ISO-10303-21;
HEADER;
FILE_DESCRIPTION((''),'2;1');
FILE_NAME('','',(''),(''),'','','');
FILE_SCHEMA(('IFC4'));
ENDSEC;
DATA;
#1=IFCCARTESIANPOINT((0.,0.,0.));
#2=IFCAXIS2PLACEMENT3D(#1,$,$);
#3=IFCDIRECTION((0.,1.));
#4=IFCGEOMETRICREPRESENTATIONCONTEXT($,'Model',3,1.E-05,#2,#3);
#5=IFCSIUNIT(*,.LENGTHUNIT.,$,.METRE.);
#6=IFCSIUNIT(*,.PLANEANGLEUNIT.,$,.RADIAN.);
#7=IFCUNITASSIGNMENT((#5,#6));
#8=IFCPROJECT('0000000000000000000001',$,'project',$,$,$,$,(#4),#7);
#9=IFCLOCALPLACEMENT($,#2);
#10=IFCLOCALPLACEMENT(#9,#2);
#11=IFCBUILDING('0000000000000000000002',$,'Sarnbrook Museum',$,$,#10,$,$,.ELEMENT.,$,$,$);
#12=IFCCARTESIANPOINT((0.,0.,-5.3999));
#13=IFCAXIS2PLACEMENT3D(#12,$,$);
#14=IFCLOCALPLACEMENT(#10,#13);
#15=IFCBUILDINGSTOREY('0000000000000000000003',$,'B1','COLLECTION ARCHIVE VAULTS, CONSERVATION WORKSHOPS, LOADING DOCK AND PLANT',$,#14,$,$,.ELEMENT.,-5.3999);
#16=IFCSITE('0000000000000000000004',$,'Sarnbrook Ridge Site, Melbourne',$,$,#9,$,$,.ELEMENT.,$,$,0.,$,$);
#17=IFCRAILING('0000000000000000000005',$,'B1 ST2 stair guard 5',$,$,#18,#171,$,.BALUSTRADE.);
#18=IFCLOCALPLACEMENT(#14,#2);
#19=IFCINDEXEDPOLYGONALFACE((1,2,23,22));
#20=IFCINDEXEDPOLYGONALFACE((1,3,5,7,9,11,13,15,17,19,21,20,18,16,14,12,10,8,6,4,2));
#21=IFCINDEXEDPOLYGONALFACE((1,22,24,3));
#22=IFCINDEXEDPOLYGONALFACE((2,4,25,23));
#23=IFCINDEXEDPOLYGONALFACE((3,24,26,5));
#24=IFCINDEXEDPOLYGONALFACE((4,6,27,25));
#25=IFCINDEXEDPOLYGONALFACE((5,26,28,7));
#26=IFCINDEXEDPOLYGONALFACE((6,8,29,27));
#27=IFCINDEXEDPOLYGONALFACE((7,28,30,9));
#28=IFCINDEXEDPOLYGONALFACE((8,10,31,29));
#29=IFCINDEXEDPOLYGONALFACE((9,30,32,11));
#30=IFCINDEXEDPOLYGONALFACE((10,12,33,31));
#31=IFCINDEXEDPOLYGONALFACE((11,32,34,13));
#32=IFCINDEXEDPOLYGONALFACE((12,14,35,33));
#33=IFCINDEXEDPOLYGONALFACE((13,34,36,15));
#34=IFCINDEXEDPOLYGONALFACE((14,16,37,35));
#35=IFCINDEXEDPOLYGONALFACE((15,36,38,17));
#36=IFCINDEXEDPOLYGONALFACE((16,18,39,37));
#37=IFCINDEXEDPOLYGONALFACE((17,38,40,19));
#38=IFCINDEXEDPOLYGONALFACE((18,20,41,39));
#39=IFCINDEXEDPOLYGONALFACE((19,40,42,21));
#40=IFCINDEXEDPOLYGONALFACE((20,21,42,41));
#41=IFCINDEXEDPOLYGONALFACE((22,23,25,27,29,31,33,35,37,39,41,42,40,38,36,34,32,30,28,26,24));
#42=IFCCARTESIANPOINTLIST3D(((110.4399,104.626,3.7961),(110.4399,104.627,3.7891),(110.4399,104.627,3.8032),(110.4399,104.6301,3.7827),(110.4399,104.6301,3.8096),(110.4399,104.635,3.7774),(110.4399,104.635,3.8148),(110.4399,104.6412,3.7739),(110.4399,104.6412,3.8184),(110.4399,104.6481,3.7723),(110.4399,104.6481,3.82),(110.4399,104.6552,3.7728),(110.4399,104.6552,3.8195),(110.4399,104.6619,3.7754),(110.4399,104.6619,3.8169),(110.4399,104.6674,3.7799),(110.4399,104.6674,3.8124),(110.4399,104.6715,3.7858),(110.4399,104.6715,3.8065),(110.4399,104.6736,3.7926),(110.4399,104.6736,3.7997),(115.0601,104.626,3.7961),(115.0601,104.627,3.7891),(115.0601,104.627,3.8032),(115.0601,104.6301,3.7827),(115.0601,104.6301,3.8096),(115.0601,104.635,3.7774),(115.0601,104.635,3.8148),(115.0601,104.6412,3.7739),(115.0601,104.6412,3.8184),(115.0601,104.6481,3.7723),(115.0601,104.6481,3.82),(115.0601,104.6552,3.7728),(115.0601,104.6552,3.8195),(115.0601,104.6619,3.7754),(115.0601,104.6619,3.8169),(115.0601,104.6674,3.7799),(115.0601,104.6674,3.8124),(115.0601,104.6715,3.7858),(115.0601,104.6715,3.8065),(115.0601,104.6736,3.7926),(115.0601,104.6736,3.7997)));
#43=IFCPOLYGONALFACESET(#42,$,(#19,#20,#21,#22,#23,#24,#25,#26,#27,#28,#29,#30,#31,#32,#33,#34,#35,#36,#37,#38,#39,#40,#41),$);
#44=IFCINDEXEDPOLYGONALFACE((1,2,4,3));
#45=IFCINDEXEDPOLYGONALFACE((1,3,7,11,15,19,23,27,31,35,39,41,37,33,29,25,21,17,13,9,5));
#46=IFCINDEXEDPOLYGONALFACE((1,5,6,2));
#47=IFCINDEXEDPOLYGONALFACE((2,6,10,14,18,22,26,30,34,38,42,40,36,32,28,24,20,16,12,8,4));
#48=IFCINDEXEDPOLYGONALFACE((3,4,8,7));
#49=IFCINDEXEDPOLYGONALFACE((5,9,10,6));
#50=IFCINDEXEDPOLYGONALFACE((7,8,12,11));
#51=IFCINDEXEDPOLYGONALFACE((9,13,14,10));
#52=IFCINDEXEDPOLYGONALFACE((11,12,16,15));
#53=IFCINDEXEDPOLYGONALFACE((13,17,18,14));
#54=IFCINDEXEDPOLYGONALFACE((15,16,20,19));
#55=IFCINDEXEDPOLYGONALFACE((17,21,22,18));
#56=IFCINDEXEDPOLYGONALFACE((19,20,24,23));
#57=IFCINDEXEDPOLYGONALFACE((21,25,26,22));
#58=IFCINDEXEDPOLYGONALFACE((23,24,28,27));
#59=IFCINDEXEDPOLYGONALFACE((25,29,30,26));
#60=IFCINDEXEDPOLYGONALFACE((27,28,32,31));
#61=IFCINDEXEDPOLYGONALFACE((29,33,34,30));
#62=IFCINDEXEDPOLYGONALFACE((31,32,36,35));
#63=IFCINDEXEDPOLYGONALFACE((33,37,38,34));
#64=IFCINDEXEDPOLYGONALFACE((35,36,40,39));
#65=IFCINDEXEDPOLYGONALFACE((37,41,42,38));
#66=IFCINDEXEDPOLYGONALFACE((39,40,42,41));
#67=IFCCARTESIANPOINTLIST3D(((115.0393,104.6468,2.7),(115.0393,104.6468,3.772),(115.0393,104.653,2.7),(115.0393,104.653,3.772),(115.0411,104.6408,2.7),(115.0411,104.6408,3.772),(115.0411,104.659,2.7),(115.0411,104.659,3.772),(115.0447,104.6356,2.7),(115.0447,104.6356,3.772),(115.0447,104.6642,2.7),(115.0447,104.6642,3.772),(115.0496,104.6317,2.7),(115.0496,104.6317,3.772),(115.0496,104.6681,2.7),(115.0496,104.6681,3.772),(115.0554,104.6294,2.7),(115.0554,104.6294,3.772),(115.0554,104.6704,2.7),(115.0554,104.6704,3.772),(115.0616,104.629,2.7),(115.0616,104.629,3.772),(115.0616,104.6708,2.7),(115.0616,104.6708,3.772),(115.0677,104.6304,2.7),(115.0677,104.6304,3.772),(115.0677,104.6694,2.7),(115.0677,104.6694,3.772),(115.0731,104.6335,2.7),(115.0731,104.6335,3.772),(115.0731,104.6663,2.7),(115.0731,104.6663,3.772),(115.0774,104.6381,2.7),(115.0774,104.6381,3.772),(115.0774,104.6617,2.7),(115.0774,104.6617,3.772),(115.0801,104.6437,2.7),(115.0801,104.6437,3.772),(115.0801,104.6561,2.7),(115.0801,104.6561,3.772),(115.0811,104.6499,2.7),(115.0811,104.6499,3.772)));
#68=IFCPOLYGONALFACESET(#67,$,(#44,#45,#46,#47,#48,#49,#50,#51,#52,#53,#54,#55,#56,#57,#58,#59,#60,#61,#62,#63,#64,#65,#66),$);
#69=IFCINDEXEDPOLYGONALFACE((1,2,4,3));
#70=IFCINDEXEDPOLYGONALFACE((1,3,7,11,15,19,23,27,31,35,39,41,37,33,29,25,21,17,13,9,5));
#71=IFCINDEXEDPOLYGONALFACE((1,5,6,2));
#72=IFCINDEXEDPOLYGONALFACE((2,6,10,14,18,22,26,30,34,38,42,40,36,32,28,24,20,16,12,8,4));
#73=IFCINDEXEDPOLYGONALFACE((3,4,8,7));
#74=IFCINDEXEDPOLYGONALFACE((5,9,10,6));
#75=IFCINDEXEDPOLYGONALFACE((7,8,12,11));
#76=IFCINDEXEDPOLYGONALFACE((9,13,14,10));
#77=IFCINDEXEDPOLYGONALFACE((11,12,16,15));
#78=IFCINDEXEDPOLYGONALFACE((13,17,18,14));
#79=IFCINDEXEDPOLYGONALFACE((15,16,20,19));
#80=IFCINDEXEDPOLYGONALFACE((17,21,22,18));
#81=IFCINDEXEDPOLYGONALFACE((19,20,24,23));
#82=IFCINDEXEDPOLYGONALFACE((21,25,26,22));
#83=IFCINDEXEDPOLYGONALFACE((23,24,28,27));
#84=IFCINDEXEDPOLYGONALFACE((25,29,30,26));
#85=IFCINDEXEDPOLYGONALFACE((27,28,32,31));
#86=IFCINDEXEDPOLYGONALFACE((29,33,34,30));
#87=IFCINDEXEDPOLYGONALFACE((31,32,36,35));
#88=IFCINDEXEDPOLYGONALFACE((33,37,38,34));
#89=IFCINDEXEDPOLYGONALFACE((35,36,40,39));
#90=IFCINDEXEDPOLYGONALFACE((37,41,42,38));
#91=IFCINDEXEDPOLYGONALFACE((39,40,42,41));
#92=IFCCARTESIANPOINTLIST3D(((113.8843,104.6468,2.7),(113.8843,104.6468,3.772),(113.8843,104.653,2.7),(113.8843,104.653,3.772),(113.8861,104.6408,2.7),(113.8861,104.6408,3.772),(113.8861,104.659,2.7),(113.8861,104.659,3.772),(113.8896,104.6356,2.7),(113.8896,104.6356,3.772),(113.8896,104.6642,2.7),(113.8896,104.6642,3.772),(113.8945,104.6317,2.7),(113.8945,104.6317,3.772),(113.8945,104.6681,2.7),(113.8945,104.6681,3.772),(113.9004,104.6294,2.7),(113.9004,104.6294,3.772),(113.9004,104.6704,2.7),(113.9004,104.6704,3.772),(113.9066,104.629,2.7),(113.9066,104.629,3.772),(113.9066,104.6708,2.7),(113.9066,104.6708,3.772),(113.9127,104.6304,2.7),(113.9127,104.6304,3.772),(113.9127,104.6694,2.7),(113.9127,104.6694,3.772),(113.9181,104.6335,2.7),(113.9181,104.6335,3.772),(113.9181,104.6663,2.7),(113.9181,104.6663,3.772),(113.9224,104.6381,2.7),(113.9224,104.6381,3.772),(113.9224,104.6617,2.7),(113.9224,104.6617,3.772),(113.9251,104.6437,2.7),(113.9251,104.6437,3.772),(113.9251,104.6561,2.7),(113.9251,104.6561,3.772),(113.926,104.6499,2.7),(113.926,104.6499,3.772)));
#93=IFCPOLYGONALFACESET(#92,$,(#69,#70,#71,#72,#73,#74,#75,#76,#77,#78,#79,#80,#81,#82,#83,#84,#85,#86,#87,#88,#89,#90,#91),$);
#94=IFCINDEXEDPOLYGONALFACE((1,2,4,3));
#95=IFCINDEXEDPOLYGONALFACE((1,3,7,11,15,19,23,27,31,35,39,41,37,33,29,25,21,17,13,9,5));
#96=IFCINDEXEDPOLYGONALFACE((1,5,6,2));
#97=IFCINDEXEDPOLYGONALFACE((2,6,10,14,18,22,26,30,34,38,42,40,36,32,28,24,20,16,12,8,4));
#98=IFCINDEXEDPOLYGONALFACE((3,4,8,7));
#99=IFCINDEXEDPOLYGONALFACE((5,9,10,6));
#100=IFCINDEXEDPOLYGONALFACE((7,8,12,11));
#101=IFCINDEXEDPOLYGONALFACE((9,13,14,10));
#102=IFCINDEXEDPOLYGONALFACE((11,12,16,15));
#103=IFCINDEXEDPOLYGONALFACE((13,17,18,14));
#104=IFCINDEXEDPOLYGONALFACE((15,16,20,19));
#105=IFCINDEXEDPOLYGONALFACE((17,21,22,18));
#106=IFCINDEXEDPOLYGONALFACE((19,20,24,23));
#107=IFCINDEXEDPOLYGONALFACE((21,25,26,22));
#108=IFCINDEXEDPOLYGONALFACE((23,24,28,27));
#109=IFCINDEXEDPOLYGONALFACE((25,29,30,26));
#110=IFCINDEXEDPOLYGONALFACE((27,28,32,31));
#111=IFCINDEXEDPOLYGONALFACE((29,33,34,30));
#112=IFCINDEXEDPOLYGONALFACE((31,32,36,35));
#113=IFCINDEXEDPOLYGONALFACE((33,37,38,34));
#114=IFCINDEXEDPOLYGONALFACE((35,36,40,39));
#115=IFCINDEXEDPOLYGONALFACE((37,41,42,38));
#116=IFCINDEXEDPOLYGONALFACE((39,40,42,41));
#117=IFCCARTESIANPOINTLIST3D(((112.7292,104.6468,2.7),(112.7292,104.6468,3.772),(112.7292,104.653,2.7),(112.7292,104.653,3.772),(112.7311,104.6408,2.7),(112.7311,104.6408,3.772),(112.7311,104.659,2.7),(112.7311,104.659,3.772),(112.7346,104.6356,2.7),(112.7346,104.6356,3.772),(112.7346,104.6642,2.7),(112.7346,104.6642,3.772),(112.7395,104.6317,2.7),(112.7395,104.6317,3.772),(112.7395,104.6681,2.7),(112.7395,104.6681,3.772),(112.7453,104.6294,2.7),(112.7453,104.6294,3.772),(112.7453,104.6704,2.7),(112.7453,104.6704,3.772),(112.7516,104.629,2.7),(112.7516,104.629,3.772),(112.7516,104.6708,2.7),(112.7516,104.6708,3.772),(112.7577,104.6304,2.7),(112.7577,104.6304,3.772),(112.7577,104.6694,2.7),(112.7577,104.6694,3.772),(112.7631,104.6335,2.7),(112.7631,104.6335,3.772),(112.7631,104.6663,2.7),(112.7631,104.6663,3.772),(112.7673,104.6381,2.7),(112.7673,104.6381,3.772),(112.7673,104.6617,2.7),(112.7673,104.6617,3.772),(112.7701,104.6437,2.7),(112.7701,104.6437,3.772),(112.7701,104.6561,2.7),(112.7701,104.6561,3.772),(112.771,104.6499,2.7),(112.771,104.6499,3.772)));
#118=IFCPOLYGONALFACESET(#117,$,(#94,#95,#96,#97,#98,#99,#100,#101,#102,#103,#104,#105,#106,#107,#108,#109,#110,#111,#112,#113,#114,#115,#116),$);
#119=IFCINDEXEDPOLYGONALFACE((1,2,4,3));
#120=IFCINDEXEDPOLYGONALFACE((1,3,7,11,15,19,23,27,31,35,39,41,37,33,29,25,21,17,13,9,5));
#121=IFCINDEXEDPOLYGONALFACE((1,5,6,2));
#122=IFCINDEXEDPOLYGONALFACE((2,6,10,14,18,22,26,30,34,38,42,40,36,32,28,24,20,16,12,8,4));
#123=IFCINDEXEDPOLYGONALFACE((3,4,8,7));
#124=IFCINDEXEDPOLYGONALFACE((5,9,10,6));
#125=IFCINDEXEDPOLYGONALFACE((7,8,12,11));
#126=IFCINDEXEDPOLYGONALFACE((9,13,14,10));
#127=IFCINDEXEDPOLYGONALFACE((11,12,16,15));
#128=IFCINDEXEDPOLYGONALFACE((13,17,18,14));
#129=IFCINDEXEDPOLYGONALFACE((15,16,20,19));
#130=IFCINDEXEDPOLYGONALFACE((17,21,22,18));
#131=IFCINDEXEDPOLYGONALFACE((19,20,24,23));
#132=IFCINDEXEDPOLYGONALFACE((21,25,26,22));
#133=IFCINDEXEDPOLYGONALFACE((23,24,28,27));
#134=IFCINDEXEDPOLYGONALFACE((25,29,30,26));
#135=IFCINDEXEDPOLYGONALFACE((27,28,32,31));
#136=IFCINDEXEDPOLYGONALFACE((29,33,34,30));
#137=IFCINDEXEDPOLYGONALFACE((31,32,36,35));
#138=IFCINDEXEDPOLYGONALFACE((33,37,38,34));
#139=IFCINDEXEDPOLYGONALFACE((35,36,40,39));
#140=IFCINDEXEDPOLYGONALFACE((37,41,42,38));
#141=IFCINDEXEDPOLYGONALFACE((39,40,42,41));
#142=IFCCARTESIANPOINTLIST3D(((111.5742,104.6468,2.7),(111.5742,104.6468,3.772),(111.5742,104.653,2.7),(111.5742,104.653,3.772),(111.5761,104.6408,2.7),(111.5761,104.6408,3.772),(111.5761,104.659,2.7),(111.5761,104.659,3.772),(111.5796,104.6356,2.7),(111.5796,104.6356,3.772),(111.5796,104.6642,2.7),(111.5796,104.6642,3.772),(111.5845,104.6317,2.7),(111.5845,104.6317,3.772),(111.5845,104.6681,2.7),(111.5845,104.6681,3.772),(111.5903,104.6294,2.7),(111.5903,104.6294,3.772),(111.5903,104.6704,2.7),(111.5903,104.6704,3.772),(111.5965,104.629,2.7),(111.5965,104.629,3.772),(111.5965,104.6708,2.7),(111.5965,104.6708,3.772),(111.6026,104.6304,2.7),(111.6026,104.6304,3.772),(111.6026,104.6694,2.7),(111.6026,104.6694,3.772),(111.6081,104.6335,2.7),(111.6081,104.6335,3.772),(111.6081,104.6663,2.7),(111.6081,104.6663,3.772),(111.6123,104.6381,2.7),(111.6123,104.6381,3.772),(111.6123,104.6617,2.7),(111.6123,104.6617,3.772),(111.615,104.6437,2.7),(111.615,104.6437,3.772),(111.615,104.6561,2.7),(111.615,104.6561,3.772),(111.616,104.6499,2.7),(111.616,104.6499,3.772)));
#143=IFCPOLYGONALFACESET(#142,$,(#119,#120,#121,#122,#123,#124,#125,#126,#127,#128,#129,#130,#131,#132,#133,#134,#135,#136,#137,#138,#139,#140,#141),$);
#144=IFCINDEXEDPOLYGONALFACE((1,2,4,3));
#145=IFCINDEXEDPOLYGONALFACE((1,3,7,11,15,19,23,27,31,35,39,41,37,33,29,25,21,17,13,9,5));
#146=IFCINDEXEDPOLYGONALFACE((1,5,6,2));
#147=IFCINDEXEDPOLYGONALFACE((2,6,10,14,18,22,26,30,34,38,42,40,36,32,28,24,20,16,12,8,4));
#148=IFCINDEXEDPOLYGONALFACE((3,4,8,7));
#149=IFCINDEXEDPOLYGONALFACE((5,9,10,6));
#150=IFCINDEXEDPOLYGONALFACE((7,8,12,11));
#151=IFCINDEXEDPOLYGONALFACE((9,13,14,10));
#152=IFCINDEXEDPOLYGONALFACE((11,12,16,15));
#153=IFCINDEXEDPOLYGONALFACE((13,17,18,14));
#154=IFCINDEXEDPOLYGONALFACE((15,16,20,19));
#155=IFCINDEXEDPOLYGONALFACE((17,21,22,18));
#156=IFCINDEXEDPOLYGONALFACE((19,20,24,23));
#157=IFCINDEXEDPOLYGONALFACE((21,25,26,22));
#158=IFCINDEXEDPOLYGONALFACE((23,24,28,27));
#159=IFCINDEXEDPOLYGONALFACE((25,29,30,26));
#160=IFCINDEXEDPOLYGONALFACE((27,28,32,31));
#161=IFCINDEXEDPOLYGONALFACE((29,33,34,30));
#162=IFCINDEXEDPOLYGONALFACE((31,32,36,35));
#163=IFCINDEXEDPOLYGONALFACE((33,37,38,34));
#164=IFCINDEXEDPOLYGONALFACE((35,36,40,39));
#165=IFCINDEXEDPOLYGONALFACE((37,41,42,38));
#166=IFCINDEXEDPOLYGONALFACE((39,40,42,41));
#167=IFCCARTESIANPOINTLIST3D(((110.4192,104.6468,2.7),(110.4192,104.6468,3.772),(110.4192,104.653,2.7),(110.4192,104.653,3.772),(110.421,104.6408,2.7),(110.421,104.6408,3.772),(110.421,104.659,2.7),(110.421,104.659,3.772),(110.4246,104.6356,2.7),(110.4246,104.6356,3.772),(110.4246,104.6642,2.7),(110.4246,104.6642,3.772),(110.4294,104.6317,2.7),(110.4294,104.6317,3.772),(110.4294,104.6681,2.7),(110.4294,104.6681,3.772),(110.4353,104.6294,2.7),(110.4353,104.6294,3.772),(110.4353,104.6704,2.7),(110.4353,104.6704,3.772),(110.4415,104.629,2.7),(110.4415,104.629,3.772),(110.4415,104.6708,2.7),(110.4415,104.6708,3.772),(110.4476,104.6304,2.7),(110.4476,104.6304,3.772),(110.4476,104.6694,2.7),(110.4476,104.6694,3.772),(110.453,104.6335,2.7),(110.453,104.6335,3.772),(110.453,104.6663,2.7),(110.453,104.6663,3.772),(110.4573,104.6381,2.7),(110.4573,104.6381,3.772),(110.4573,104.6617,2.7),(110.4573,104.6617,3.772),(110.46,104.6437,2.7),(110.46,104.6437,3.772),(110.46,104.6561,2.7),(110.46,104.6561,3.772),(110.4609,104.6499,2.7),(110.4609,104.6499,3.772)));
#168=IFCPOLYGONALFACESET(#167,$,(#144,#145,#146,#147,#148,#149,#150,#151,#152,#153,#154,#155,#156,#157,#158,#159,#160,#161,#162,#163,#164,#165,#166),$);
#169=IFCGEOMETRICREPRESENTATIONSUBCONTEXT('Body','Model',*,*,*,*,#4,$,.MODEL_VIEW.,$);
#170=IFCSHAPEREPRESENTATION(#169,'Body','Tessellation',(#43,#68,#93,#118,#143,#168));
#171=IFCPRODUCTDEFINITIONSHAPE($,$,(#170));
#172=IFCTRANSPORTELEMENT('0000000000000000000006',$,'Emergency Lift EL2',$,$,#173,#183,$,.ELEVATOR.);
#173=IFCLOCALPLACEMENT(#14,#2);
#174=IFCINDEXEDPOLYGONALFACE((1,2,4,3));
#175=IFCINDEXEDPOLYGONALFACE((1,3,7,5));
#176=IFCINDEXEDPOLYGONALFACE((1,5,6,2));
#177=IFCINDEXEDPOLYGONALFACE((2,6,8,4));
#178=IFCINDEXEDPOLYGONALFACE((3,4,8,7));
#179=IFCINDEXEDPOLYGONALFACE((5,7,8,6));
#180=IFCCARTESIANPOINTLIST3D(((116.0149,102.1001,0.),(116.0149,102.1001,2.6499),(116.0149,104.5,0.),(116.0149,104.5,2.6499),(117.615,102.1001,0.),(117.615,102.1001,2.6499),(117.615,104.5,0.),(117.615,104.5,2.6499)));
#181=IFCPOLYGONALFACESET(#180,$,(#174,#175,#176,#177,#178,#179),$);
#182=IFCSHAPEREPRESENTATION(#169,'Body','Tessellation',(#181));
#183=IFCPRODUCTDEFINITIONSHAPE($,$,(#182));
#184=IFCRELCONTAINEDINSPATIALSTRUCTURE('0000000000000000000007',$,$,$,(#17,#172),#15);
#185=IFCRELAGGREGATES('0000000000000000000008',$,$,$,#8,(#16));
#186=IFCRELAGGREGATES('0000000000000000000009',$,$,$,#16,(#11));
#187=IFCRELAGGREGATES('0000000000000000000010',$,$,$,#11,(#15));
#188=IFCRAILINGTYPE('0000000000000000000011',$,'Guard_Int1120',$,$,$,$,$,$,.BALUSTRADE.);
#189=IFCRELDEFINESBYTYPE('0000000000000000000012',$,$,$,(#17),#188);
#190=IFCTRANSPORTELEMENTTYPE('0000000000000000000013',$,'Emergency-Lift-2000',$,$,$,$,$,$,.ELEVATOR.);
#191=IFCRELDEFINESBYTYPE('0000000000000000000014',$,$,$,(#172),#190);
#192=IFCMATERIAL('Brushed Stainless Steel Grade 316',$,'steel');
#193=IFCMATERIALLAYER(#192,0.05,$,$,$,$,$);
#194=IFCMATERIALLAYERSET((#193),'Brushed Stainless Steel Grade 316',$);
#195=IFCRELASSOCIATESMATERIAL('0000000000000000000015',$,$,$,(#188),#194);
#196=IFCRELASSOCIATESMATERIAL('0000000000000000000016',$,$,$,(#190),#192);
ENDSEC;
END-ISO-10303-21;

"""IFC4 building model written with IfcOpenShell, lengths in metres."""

from ifc_helpers import new_model, si_unit, direction, frame, origin, origin_2d, place, context, subcontext, project, spatial, rectangle, circle, extrude, material, layer, layer_set, type_object, element, save


model = new_model("IFC4")

# Units and contexts
model_context = context("Model", 3, precision=1e-05, world=origin(), true_north=direction((0.0, 1.0)))
body_context = subcontext(model_context, "Body", "Model", "MODEL_VIEW")
ifc_project = project(units=[si_unit("LENGTHUNIT", "METRE"), si_unit("PLANEANGLEUNIT", "RADIAN")], contexts=[model_context])

# Site, building, storey
site_placement = place(None, origin())
site = spatial("IfcSite", under=ifc_project, at=site_placement, Name="Sarnbrook Ridge Site, Melbourne", CompositionType="ELEMENT", RefElevation=0.0)
building_placement = place(site_placement, origin())
building = spatial("IfcBuilding", under=site, at=building_placement, Name="Sarnbrook Museum", CompositionType="ELEMENT")
storey_placement = place(building_placement, frame((0.0, 0.0, -5.3999)))
storey = spatial("IfcBuildingStorey", under=building, at=storey_placement, Name="B1", Description="COLLECTION ARCHIVE VAULTS, CONSERVATION WORKSHOPS, LOADING DOCK AND PLANT", CompositionType="ELEMENT", Elevation=-5.3999)

# Shared definitions
ifc_material_1 = material(Name="Brushed Stainless Steel Grade 316", Category="steel")

# Railing
ifc_layer_1 = layer(ifc_material_1, 0.05)
ifc_layer_set_1 = layer_set([ifc_layer_1], Name="Brushed Stainless Steel Grade 316")
railing_type_1 = type_object("IfcRailingType", Name="Guard_Int1120", PredefinedType="BALUSTRADE", material=ifc_layer_set_1)
railing_1_placement = place(storey_placement, frame((115.0601, 104.6499, 2.7)))
element("IfcRailing", 1, at=railing_1_placement, inside=storey, type_object=railing_type_1, Name="B1 ST2 stair guard 5", PredefinedType="BALUSTRADE", context=body_context, shape_type="SweptSolid", body=[
    extrude(circle(Radius=0.0239, at=origin_2d()), frame((0.0, 0.0, 1.0962), z_axis=(-1.0, 0.0, 0.0), x_axis=(0.0, -1.0, 0.0)), (0.0, 0.0, 1.0), 4.6201),
    extrude(circle(Radius=0.021, at=origin_2d()), origin(), (0.0, 0.0, 1.0), 1.072),
    extrude(circle(Radius=0.021, at=origin_2d()), frame((-1.155, 0.0, 0.0)), (0.0, 0.0, 1.0), 1.072),
    extrude(circle(Radius=0.021, at=origin_2d()), frame((-2.3101, 0.0, 0.0)), (0.0, 0.0, 1.0), 1.072),
    extrude(circle(Radius=0.021, at=origin_2d()), frame((-3.4651, 0.0, 0.0)), (0.0, 0.0, 1.0), 1.072),
    extrude(circle(Radius=0.021, at=origin_2d()), frame((-4.6201, 0.0, 0.0)), (0.0, 0.0, 1.0), 1.072),
])

# Transport element
transport_element_type = type_object("IfcTransportElementType", Name="Emergency-Lift-2000", PredefinedType="ELEVATOR", material=ifc_material_1)
transport_element_placement = place(storey_placement, frame((116.8149, 103.3, 0.0), z_axis=(0.0, 0.0, 1.0), x_axis=(1.0, 0.0, 0.0)))
element("IfcTransportElement", 2, at=transport_element_placement, inside=storey, type_object=transport_element_type, Name="Emergency Lift EL2", PredefinedType="ELEVATOR", context=body_context, shape_type="SweptSolid", body=[
    extrude(rectangle(XDim=1.6001, YDim=2.3999, at=origin_2d()), origin(), (0.0, 0.0, 1.0), 2.6499),
])

save(model, "model.ifc")
